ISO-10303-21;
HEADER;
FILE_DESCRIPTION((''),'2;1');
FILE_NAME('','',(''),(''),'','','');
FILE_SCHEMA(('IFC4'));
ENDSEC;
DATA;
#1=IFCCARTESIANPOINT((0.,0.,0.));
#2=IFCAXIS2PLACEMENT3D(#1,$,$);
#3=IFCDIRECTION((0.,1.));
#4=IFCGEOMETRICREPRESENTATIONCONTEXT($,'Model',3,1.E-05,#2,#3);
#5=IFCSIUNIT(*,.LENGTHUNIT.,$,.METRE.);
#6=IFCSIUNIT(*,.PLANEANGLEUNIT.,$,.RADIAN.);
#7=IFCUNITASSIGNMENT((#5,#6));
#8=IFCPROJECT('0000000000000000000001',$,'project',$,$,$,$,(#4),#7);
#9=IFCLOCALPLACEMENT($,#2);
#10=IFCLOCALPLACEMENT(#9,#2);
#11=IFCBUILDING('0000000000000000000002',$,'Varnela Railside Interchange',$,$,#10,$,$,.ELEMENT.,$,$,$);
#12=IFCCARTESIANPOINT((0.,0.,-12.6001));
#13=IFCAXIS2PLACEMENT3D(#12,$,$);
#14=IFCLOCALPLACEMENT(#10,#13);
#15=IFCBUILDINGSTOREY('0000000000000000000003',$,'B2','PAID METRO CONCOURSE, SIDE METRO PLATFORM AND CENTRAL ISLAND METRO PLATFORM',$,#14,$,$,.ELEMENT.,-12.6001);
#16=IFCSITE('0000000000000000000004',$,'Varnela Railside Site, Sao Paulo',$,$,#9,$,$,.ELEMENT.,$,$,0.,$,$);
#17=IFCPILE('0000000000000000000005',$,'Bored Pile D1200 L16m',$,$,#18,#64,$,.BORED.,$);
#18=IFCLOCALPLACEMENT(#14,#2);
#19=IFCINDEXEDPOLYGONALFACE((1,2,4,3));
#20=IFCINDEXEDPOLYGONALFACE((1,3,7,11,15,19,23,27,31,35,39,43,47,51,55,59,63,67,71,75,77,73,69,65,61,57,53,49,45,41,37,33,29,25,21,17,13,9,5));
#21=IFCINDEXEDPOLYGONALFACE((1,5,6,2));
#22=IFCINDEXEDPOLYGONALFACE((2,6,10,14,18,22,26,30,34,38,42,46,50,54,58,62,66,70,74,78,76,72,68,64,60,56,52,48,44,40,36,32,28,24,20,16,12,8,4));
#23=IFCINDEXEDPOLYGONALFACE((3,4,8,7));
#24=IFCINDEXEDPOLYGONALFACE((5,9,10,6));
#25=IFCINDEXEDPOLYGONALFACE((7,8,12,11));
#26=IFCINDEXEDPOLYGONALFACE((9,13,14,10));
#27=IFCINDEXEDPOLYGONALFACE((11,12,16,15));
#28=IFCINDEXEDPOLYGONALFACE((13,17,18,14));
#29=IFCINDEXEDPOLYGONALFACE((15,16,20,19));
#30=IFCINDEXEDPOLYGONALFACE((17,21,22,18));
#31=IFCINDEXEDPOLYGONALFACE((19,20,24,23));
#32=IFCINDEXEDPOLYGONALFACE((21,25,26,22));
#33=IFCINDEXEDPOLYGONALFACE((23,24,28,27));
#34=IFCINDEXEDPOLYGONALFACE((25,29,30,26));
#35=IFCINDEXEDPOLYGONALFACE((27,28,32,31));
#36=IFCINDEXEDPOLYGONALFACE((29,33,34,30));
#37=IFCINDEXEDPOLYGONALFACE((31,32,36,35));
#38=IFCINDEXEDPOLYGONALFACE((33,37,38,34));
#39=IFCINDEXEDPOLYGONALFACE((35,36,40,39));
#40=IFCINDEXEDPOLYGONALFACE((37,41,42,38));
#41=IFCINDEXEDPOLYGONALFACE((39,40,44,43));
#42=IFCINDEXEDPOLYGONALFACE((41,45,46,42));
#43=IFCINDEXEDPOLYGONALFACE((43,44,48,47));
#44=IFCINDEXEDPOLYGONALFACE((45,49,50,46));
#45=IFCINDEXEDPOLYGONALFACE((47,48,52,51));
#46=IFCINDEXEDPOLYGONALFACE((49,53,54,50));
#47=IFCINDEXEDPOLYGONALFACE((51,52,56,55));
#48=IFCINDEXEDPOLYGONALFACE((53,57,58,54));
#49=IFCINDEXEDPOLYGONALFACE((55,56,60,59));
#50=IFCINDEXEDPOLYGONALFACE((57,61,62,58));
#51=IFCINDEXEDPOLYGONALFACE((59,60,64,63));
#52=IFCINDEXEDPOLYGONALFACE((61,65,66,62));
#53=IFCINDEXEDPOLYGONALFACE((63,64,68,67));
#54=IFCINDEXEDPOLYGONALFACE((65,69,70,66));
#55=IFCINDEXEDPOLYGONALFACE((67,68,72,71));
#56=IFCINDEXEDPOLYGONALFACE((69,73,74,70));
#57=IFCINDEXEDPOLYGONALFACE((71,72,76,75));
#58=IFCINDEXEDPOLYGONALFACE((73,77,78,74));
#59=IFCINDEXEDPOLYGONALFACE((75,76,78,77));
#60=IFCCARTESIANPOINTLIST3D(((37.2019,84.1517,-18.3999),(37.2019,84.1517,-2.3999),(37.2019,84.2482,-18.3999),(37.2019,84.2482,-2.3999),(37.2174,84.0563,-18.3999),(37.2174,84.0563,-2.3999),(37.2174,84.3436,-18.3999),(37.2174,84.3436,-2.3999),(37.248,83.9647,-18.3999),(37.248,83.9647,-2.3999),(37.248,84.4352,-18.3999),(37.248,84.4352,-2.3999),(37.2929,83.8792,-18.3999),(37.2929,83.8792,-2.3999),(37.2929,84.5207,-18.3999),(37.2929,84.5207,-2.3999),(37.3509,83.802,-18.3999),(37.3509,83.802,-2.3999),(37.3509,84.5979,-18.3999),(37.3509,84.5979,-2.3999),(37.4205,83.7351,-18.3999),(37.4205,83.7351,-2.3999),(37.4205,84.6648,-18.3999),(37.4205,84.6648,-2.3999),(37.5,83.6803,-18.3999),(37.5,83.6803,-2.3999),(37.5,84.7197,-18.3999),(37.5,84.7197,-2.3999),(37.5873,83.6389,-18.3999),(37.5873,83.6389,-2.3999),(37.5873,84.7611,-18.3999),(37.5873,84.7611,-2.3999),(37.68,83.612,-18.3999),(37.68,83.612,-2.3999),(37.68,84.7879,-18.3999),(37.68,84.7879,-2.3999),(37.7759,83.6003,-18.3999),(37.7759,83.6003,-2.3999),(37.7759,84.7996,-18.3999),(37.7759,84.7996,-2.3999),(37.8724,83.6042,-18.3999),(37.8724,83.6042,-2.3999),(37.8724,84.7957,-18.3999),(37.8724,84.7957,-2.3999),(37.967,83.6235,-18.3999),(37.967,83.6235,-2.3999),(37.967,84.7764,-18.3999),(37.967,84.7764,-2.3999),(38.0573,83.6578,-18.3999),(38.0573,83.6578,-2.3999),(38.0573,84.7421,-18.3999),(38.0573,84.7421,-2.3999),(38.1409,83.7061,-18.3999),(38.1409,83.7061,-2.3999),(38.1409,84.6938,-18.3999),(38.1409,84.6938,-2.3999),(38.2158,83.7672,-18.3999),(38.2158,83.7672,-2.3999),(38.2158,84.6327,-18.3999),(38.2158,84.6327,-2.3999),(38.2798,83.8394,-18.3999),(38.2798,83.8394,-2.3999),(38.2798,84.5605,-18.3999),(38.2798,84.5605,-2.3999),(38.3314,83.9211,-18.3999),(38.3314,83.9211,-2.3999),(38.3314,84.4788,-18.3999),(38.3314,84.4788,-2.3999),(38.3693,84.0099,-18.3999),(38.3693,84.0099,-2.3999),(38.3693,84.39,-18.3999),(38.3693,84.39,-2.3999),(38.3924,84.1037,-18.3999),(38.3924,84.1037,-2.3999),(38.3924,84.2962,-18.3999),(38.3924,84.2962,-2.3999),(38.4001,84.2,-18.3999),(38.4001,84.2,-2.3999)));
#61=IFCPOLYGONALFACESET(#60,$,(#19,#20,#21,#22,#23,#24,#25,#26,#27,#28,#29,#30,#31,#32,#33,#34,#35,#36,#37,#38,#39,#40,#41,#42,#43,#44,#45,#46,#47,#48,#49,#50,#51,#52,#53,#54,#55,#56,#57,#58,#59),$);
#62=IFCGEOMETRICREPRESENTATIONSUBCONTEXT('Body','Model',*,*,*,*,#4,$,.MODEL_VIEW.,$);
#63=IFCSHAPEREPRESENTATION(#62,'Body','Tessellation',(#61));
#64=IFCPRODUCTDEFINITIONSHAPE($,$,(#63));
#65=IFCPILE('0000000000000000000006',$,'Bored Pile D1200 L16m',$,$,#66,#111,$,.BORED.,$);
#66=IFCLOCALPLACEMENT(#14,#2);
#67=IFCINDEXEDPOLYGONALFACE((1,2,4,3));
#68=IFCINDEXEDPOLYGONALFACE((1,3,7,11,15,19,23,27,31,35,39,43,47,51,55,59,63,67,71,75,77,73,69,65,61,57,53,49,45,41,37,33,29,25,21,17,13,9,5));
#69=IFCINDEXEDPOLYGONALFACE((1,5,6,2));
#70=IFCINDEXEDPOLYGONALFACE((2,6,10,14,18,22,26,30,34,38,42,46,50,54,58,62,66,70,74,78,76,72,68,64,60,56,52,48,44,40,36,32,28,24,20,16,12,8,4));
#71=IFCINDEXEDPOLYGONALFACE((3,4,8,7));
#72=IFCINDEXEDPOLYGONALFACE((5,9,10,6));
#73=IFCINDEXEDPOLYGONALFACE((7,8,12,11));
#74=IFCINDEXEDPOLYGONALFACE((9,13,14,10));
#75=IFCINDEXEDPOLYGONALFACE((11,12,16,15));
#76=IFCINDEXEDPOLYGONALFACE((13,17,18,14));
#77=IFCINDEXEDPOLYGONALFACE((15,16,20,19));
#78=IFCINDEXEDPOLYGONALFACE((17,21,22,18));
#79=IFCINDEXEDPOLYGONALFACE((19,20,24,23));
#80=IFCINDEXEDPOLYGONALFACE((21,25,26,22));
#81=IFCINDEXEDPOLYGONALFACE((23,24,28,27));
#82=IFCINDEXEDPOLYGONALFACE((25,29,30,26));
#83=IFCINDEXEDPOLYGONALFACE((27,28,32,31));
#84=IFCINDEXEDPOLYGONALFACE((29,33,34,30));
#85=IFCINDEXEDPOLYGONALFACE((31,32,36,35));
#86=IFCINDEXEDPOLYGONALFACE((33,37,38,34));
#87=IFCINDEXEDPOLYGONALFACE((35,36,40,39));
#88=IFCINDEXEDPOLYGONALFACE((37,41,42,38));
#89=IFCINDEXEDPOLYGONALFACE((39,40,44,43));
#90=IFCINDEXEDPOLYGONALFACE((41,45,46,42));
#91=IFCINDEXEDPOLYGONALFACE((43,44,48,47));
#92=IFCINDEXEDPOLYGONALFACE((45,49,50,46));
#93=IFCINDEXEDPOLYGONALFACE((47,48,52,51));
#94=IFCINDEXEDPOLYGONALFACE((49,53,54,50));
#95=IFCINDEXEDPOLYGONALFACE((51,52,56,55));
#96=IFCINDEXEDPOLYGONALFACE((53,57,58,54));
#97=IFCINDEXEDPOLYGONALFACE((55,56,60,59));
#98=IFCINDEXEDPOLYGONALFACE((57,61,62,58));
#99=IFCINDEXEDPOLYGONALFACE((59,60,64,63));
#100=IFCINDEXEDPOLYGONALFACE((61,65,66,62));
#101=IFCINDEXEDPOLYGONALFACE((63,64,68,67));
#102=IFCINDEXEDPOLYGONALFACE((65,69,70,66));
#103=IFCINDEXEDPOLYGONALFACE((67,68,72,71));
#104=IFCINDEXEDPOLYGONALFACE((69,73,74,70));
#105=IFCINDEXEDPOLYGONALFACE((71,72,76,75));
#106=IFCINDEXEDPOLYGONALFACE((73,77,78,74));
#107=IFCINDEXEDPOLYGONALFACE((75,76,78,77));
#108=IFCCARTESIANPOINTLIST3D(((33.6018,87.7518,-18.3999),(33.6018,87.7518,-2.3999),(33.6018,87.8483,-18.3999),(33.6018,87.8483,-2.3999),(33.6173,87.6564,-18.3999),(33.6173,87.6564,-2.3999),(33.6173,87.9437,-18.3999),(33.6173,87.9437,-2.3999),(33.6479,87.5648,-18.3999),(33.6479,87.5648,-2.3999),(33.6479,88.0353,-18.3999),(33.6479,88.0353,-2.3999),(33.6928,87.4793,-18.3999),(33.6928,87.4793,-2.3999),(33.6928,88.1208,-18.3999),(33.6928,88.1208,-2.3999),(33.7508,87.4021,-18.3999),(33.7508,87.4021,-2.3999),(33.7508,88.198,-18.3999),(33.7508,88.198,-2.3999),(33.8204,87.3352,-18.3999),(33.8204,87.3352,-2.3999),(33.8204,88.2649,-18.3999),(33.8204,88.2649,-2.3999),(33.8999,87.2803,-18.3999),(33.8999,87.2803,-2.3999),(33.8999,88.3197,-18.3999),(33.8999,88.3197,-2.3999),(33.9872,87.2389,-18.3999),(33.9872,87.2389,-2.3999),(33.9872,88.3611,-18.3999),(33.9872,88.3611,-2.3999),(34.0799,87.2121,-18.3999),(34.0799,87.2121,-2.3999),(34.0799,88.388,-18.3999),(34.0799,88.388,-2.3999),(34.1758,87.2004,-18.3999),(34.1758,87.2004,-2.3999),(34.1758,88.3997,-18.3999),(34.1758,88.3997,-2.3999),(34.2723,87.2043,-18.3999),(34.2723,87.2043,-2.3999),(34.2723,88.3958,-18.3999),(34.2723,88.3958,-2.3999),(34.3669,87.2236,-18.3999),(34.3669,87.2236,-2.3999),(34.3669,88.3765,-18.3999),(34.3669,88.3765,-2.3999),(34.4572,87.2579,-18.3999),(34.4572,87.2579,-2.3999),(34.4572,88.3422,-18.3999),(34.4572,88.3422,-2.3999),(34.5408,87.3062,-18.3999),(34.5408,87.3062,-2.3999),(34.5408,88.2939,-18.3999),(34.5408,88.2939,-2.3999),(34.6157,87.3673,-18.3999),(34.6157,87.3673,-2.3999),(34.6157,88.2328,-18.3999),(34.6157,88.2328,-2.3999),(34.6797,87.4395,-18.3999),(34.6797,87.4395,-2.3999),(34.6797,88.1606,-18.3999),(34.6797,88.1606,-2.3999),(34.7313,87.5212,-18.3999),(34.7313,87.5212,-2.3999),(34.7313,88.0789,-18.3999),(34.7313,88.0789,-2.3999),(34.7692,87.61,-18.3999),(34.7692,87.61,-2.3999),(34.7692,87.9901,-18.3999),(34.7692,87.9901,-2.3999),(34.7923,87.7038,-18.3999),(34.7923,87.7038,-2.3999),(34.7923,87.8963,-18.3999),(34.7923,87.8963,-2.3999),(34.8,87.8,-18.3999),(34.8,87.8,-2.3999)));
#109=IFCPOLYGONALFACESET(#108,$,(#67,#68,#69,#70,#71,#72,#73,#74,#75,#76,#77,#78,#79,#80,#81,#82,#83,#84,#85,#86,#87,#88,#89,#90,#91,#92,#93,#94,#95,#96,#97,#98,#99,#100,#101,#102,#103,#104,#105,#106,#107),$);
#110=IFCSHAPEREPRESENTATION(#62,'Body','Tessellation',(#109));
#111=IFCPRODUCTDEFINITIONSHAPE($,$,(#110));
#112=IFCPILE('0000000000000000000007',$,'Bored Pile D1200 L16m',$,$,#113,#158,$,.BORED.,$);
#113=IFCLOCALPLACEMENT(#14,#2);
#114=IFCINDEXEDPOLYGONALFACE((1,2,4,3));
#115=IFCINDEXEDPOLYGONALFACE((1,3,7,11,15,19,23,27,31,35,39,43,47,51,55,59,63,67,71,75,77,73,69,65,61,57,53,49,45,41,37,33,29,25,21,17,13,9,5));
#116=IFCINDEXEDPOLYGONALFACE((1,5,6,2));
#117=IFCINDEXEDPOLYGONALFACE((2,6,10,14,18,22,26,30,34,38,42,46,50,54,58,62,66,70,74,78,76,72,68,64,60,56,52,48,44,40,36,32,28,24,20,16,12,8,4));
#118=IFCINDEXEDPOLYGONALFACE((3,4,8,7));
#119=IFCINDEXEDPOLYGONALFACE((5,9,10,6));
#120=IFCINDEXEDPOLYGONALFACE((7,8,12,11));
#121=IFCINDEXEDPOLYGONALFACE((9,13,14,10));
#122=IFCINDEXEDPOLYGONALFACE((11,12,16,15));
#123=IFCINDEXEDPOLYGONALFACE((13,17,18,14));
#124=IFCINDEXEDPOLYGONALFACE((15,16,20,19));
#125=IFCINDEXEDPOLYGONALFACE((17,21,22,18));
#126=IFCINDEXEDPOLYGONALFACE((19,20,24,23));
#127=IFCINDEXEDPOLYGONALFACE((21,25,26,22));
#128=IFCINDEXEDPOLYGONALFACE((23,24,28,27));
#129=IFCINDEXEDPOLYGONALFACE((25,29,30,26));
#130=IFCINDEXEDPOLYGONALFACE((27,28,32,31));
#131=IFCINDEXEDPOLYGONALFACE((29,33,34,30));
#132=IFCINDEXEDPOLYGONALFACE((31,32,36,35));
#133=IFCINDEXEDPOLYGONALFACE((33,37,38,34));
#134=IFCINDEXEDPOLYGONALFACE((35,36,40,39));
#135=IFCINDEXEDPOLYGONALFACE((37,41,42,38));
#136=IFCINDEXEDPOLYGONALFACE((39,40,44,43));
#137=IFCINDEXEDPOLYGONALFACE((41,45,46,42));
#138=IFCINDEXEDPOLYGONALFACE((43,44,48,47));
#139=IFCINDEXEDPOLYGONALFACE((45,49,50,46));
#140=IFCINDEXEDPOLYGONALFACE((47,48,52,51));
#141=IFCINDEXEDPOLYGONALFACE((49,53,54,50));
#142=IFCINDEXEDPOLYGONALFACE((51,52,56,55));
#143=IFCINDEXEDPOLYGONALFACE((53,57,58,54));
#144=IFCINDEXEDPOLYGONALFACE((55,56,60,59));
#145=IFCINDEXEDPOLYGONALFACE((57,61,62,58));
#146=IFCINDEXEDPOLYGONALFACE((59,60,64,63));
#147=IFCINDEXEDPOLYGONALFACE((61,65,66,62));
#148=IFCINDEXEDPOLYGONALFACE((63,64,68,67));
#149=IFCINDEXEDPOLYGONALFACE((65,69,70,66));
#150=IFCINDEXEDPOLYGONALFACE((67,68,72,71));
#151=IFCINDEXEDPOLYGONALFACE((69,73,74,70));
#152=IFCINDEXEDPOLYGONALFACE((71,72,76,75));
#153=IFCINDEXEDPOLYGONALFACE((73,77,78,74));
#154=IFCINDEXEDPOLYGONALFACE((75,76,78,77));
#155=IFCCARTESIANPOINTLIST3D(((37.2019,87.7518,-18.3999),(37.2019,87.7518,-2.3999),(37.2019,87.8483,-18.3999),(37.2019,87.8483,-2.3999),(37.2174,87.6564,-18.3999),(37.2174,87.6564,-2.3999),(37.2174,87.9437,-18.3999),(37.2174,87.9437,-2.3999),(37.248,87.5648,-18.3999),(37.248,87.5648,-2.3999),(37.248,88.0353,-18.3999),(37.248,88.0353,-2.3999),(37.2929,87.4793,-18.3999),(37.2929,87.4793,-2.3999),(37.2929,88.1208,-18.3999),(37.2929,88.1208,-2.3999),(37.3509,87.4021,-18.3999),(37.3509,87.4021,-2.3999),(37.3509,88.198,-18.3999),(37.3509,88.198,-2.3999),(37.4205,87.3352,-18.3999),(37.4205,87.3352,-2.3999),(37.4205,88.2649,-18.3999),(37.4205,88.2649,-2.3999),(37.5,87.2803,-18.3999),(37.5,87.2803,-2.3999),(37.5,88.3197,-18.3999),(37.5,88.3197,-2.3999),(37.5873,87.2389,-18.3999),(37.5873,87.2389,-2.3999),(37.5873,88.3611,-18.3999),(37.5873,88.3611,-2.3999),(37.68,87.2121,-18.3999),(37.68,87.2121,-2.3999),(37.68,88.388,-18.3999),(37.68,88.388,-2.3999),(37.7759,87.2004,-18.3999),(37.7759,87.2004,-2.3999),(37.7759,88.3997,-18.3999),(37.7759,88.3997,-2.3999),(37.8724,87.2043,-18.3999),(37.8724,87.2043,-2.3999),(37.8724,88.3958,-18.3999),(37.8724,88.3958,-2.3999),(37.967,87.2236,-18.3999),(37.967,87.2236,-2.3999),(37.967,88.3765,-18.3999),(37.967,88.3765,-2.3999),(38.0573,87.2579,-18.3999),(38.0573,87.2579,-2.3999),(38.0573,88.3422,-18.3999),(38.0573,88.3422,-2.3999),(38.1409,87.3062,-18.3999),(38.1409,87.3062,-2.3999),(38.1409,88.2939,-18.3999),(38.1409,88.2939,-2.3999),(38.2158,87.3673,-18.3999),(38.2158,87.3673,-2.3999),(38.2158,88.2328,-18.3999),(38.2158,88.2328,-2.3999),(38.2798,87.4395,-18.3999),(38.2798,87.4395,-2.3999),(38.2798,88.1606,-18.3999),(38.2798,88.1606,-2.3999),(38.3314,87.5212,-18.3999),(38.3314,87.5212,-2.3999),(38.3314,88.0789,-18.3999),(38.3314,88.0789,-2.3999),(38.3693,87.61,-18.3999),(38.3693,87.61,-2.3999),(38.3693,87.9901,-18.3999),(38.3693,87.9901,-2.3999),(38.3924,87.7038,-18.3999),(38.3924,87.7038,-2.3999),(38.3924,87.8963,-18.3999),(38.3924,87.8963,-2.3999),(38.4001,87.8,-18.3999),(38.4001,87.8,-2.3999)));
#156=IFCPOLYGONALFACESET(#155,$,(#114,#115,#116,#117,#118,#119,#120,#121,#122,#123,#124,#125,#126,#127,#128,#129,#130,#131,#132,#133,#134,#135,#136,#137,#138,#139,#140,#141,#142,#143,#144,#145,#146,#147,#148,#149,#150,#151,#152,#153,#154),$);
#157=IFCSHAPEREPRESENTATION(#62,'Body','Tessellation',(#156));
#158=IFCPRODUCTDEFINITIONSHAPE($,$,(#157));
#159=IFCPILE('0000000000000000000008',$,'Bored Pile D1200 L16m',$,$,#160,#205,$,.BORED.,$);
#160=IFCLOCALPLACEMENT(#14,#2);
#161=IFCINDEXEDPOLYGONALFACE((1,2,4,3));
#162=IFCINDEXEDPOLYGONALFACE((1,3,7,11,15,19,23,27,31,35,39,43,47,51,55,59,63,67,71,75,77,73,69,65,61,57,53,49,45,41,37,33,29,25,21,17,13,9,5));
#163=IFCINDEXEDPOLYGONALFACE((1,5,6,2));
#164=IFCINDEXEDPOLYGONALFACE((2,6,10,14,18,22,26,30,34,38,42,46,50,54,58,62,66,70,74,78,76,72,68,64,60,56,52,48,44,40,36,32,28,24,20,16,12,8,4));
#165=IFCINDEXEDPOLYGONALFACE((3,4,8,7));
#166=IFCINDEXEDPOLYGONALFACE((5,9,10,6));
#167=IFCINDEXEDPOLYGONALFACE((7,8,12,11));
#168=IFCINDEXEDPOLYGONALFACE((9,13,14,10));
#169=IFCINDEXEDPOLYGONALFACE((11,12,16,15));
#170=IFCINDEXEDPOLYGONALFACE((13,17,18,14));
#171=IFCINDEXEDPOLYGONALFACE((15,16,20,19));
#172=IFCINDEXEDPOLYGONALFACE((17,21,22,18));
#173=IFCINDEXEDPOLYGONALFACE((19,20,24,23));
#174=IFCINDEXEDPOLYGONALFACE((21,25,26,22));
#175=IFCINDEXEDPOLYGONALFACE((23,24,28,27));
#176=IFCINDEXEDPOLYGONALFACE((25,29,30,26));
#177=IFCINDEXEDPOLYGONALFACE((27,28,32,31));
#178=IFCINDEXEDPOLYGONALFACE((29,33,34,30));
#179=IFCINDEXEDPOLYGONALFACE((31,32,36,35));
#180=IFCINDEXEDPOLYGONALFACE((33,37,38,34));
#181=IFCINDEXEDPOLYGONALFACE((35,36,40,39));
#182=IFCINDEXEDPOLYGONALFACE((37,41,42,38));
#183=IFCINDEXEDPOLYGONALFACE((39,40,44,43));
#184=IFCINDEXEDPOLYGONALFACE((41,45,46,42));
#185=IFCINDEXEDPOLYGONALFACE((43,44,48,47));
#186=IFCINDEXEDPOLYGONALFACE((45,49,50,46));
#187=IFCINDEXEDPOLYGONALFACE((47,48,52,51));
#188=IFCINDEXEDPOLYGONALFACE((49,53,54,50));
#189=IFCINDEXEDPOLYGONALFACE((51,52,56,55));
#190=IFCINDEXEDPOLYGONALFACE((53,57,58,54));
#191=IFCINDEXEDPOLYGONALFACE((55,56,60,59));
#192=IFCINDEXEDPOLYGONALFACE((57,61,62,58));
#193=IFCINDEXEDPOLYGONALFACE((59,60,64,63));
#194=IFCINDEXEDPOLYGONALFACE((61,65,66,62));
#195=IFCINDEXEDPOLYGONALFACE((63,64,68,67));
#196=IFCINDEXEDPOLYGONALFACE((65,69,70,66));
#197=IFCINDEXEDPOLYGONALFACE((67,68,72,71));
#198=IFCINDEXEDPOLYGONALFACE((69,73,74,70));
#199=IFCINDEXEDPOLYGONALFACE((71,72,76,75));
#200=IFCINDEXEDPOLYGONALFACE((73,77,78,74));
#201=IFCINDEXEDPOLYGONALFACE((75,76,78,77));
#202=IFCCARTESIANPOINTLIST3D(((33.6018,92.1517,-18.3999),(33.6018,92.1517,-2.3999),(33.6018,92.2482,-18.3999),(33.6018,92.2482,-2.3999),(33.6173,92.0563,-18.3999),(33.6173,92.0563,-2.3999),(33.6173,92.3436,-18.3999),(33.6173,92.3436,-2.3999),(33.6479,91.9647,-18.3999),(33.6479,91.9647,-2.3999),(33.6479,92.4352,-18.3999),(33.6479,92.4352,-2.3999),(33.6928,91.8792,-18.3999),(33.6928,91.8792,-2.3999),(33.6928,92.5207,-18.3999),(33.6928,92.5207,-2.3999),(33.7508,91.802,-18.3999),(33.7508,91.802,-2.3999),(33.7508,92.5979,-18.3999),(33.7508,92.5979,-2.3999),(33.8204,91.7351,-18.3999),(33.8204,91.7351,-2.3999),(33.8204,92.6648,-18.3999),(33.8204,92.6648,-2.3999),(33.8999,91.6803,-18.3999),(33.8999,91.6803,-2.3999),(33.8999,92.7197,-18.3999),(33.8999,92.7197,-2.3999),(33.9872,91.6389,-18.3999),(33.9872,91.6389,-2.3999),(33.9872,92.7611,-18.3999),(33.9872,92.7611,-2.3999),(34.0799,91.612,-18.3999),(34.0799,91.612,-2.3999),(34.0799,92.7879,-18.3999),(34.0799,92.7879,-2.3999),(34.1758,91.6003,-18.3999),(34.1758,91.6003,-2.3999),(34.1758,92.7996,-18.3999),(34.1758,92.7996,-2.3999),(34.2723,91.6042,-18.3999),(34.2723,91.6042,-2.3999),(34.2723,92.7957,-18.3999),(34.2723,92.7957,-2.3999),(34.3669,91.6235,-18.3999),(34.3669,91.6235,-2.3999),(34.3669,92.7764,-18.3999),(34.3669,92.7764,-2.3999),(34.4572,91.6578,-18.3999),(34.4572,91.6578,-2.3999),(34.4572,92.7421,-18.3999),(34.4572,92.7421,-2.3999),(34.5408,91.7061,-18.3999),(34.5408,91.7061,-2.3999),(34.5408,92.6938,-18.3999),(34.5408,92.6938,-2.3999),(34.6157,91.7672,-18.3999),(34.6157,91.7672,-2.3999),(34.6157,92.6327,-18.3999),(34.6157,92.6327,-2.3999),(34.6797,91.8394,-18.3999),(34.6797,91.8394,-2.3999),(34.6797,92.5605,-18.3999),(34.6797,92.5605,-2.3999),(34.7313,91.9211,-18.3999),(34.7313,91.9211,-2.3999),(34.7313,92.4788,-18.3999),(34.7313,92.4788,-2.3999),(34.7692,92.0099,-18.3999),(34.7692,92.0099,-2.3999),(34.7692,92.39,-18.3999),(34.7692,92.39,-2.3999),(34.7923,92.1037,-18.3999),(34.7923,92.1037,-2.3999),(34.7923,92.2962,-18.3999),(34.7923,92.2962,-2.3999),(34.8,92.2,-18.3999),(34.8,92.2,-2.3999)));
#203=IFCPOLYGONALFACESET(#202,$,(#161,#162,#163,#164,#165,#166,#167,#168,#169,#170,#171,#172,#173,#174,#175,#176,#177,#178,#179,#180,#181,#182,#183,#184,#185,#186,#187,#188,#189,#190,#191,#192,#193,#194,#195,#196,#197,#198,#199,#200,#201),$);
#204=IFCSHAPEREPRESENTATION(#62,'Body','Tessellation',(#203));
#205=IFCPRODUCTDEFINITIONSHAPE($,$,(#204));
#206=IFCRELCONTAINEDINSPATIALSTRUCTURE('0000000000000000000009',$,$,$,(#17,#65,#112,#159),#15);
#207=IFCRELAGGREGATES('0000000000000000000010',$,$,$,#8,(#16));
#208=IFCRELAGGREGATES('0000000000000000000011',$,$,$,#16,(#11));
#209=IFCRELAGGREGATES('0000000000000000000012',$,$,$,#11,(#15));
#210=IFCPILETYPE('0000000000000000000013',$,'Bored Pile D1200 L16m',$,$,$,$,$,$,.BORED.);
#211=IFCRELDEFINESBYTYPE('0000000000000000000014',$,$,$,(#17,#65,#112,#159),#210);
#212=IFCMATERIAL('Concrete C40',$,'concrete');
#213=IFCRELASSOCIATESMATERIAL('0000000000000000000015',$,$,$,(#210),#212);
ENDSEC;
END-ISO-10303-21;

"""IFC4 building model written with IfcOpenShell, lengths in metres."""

from ifc_helpers import new_model, si_unit, direction, frame, origin, origin_2d, place, context, subcontext, project, spatial, circle, extrude, material, material_profile, profile_set, type_object, element, save


model = new_model("IFC4")

# Units and contexts
model_context = context("Model", 3, precision=1e-05, world=origin(), true_north=direction((0.0, 1.0)))
body_context = subcontext(model_context, "Body", "Model", "MODEL_VIEW")
ifc_project = project(units=[si_unit("LENGTHUNIT", "METRE"), si_unit("PLANEANGLEUNIT", "RADIAN")], contexts=[model_context])

# Site, building, storey
site_placement = place(None, origin())
site = spatial("IfcSite", under=ifc_project, at=site_placement, Name="Varnela Railside Site, Sao Paulo", CompositionType="ELEMENT", RefElevation=0.0)
building_placement = place(site_placement, origin())
building = spatial("IfcBuilding", under=site, at=building_placement, Name="Varnela Railside Interchange", CompositionType="ELEMENT")
storey_placement = place(building_placement, frame((0.0, 0.0, -12.6001)))
storey = spatial("IfcBuildingStorey", under=building, at=storey_placement, Name="B2", Description="PAID METRO CONCOURSE, SIDE METRO PLATFORM AND CENTRAL ISLAND METRO PLATFORM", CompositionType="ELEMENT", Elevation=-12.6001)

# Piles
ifc_material_1 = material(Name="Concrete C40", Category="concrete")
ifc_material_profile_1 = material_profile(ifc_material_1, circle(Radius=0.6001, at=origin_2d()), Name="BORED PILE D1200")
ifc_profile_set_1 = profile_set([ifc_material_profile_1], Name="Concrete C40")
pile_type_1 = type_object("IfcPileType", Name="Bored Pile D1200 L16m", PredefinedType="BORED", material=ifc_profile_set_1)
for number, where, z_axis, x_axis, name in (
    (1, (37.8, 84.2, -2.3999), (0.0, 0.0, -1.0), (1.0, 0.0, 0.0), "Bored Pile D1200 L16m"),
    (2, (34.2, 87.8, -2.3999), (0.0, 0.0, -1.0), (1.0, 0.0, 0.0), "Bored Pile D1200 L16m"),
    (3, (37.8, 87.8, -2.3999), (0.0, 0.0, -1.0), (1.0, 0.0, 0.0), "Bored Pile D1200 L16m"),
    (4, (34.2, 92.2, -2.3999), (0.0, 0.0, -1.0), (1.0, 0.0, 0.0), "Bored Pile D1200 L16m"),
):
    element("IfcPile", number, at=place(storey_placement, frame(where, z_axis=z_axis, x_axis=x_axis)), inside=storey, type_object=pile_type_1, Name=name, PredefinedType="BORED", context=body_context, shape_type="SweptSolid", body=[
        extrude(circle(Radius=0.6001, at=origin_2d()), origin(), (0.0, 0.0, 1.0), 16.0),
    ])

save(model, "model.ifc")
